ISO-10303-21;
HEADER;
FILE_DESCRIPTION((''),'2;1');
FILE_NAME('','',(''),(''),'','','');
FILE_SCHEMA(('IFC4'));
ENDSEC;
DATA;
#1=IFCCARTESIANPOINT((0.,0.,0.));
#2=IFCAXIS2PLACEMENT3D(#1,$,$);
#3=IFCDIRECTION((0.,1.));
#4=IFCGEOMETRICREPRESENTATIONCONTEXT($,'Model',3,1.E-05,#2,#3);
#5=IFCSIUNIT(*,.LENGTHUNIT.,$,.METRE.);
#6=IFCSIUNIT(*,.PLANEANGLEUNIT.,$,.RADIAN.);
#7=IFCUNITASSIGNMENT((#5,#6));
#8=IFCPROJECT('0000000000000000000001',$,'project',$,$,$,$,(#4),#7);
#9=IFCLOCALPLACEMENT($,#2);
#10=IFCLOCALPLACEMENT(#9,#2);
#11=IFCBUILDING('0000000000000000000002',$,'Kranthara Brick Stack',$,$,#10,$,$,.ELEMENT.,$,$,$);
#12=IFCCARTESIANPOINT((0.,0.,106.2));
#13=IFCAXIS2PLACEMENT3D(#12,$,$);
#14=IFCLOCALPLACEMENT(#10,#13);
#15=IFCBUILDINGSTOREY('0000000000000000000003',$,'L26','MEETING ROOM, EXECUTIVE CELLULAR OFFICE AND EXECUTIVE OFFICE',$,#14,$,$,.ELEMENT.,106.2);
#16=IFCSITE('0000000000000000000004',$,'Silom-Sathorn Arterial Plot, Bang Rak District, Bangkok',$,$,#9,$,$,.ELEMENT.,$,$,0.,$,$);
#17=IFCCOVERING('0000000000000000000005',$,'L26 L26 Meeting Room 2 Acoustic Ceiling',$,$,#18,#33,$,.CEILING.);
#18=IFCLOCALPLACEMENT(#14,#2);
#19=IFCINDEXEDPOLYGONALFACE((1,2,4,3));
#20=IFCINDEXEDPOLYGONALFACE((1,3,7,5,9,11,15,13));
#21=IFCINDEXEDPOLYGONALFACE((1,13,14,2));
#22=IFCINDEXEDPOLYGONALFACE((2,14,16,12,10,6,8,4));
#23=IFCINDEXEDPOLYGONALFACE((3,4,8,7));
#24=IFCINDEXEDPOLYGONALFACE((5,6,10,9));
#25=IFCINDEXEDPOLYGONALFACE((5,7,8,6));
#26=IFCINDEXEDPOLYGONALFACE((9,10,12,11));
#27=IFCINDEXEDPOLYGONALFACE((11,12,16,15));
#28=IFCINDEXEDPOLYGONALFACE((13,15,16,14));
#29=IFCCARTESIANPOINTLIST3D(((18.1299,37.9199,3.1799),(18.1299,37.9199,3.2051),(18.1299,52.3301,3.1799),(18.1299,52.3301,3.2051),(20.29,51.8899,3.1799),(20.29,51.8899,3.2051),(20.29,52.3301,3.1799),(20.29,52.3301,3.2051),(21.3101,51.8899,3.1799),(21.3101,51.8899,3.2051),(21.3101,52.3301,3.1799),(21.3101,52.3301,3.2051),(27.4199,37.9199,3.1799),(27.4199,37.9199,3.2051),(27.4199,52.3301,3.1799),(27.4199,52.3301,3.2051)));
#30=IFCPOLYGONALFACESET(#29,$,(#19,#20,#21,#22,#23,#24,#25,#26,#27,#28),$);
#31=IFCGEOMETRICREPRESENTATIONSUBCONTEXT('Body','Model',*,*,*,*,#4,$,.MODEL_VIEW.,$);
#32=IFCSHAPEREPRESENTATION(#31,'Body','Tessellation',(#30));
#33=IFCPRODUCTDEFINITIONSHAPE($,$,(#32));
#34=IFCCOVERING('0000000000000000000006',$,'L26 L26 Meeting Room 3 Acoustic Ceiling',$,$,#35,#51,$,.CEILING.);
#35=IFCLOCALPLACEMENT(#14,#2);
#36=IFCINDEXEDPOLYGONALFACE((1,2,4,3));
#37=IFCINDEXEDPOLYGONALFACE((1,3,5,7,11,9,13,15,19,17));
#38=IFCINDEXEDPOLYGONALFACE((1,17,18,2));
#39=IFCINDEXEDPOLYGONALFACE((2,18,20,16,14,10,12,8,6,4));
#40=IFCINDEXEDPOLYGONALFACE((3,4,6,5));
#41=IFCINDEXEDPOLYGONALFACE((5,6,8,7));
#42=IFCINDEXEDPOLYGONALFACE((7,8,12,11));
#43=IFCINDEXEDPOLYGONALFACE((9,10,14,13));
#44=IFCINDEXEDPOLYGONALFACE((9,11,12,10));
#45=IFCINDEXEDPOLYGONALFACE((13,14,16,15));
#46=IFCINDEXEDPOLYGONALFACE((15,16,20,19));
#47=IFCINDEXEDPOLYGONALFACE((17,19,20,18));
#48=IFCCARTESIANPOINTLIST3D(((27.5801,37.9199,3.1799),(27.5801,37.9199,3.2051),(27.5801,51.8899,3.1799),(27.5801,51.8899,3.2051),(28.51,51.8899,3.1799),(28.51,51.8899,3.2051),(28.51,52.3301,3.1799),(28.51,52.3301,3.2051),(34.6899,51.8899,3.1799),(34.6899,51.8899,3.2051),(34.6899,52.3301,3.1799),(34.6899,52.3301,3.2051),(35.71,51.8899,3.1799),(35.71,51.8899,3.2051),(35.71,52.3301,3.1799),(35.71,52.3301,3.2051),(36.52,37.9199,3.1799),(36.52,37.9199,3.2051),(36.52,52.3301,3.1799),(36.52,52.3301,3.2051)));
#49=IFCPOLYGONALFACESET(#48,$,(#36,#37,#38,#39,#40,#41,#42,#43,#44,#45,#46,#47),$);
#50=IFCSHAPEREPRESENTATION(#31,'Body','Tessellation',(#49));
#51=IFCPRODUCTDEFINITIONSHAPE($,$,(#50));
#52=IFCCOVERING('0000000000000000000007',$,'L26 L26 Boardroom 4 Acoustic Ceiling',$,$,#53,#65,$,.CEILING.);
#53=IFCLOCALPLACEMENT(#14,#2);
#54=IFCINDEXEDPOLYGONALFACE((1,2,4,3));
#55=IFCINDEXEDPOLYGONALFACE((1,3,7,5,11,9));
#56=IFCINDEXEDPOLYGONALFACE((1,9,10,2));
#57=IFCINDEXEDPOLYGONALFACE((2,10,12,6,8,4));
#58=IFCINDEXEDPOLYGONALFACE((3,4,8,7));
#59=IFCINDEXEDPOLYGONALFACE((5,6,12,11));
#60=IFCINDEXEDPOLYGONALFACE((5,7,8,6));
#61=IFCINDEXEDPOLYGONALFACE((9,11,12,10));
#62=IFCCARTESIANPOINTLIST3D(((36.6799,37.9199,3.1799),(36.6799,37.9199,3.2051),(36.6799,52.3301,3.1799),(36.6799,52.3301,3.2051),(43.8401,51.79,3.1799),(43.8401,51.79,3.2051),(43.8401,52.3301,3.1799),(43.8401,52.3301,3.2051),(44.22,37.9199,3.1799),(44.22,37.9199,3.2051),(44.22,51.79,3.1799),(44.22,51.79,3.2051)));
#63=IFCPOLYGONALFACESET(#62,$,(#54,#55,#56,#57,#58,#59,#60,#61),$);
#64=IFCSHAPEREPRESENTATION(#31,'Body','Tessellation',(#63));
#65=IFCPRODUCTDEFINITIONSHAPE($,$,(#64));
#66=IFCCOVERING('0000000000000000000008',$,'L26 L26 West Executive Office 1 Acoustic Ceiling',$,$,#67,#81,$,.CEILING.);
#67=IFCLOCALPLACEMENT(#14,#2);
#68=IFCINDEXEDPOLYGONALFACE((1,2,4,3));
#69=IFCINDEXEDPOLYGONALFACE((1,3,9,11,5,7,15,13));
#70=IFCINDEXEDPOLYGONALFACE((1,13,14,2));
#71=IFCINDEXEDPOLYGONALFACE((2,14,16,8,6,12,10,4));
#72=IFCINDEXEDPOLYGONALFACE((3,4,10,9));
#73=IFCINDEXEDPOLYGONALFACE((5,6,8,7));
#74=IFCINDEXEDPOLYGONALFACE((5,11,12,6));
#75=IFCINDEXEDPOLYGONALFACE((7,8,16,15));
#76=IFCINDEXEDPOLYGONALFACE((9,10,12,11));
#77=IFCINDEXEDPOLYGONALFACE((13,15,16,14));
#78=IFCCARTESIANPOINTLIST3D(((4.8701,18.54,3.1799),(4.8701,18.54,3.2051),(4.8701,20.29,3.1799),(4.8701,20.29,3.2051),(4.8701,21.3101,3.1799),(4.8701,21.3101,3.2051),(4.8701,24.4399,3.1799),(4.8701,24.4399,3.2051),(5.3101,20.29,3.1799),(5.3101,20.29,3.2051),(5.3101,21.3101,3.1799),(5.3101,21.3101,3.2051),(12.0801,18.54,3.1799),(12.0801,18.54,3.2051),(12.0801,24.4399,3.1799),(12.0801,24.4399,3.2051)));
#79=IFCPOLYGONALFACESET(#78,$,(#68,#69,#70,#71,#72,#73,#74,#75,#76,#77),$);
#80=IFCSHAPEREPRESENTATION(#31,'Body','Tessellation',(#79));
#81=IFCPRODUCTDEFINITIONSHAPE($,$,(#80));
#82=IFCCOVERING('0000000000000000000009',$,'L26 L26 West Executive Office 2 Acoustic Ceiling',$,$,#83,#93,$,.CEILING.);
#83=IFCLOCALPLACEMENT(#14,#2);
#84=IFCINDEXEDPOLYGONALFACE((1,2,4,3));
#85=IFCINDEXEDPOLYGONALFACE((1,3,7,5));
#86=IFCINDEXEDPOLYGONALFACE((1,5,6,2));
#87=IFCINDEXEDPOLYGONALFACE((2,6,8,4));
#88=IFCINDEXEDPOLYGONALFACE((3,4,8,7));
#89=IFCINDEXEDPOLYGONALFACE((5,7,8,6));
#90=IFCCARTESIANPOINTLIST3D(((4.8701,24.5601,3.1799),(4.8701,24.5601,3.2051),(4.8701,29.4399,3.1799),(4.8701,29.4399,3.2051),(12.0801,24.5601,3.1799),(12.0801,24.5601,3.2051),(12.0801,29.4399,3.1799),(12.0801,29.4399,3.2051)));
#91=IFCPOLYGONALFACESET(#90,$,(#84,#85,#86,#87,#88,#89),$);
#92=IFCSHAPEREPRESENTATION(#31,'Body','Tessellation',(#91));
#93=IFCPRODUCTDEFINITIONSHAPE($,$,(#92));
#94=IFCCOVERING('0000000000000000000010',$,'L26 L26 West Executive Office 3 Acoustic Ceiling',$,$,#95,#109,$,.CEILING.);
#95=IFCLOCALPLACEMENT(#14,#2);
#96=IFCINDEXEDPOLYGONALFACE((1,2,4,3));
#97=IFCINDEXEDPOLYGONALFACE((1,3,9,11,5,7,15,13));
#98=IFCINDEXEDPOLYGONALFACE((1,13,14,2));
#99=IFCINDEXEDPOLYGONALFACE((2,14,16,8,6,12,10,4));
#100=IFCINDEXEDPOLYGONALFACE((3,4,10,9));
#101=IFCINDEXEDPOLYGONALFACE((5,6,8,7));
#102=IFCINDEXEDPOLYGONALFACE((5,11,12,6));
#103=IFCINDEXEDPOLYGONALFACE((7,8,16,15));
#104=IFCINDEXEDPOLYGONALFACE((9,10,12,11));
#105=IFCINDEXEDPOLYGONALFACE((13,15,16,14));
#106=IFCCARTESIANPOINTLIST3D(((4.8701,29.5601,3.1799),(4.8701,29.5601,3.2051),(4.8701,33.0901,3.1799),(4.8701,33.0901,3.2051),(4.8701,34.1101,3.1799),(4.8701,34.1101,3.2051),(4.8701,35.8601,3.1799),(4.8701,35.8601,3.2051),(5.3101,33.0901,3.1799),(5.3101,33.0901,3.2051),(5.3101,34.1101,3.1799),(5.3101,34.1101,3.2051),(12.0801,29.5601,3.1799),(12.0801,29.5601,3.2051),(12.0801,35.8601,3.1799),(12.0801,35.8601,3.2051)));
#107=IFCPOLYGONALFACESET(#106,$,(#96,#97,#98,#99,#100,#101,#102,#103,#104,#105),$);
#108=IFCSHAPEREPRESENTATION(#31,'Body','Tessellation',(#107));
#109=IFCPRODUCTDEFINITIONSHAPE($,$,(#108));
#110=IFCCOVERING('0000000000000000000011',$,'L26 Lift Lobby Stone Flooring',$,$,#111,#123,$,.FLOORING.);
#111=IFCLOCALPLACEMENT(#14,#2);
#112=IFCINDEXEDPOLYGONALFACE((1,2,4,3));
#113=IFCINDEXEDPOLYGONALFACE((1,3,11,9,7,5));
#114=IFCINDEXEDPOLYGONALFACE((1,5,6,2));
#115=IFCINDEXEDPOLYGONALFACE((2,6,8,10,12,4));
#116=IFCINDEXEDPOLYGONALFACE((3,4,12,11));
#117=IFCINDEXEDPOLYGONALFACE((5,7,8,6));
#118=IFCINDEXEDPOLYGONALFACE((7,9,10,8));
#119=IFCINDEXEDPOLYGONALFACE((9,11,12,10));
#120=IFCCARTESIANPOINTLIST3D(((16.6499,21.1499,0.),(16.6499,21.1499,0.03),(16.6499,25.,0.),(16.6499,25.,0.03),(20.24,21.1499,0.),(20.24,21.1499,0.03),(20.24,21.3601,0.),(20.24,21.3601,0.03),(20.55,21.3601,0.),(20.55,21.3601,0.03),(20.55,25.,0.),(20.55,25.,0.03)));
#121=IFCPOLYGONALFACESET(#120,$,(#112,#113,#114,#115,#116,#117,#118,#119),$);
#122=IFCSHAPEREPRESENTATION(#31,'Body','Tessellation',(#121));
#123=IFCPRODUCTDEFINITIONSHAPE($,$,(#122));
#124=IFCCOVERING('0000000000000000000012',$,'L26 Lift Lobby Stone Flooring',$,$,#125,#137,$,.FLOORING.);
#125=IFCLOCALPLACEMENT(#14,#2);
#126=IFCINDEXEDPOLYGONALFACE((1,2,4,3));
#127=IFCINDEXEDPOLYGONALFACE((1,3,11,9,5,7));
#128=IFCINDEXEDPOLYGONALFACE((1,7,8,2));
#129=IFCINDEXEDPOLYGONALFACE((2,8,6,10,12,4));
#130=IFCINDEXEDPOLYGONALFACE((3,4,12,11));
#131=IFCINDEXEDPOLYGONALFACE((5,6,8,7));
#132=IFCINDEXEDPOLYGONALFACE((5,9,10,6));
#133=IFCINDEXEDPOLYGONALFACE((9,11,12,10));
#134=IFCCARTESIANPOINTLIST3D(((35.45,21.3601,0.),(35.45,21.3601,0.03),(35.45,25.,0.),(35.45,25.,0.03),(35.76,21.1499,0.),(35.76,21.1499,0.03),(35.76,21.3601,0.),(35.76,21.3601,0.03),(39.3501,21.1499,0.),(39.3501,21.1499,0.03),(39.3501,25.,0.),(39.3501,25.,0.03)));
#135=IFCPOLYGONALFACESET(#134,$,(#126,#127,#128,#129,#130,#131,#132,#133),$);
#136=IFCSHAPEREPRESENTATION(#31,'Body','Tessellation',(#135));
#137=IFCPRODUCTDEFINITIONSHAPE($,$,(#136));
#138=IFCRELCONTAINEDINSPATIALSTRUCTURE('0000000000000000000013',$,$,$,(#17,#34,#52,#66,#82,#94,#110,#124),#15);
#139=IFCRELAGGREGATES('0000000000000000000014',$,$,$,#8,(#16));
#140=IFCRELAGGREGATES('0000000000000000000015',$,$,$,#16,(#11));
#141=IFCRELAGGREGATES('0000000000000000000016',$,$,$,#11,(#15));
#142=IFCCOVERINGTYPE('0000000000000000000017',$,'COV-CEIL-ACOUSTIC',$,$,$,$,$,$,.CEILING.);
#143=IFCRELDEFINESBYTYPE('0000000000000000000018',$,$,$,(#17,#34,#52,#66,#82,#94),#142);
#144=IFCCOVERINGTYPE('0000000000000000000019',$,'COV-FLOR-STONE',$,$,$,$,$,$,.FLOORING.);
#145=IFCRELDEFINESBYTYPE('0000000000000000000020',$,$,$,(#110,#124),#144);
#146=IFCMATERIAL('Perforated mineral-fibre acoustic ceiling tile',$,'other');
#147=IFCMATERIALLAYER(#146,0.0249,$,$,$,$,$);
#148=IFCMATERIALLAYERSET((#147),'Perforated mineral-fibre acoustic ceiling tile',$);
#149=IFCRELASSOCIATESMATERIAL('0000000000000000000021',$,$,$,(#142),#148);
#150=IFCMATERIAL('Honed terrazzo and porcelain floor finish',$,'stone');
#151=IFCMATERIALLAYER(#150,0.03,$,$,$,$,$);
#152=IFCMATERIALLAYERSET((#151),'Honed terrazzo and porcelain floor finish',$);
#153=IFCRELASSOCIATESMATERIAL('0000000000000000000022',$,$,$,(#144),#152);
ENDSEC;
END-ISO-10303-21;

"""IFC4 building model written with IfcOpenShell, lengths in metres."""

from ifc_helpers import new_model, si_unit, direction, frame, origin, place, context, subcontext, project, spatial, polyline, outline, extrude, material, layer, layer_set, type_object, element, save


model = new_model("IFC4")

# Units and contexts
model_context = context("Model", 3, precision=1e-05, world=origin(), true_north=direction((0.0, 1.0)))
body_context = subcontext(model_context, "Body", "Model", "MODEL_VIEW")
ifc_project = project(units=[si_unit("LENGTHUNIT", "METRE"), si_unit("PLANEANGLEUNIT", "RADIAN")], contexts=[model_context])

# Site, building, storey
site_placement = place(None, origin())
site = spatial("IfcSite", under=ifc_project, at=site_placement, Name="Silom-Sathorn Arterial Plot, Bang Rak District, Bangkok", CompositionType="ELEMENT", RefElevation=0.0)
building_placement = place(site_placement, origin())
building = spatial("IfcBuilding", under=site, at=building_placement, Name="Kranthara Brick Stack", CompositionType="ELEMENT")
storey_placement = place(building_placement, frame((0.0, 0.0, 106.2)))
storey = spatial("IfcBuildingStorey", under=building, at=storey_placement, Name="L26", Description="MEETING ROOM, EXECUTIVE CELLULAR OFFICE AND EXECUTIVE OFFICE", CompositionType="ELEMENT", Elevation=106.2)

# Coverings
ifc_material_1 = material(Name="Perforated mineral-fibre acoustic ceiling tile", Category="other")
ifc_layer_1 = layer(ifc_material_1, 0.0249)
ifc_layer_set_1 = layer_set([ifc_layer_1], Name="Perforated mineral-fibre acoustic ceiling tile")
covering_type_1 = type_object("IfcCoveringType", Name="COV-CEIL-ACOUSTIC", PredefinedType="CEILING", material=ifc_layer_set_1)
covering_1_placement = place(storey_placement, frame((0.0, 0.0, 3.1799)))
element("IfcCovering", 1, at=covering_1_placement, inside=storey, type_object=covering_type_1, Name="L26 L26 Meeting Room 2 Acoustic Ceiling", PredefinedType="CEILING", context=body_context, shape_type="SweptSolid", body=[
    extrude(outline(polyline([(27.4199, 52.3301), (27.4199, 37.9199), (18.1299, 37.9199), (18.1299, 52.3301), (20.29, 52.3301), (20.29, 51.8899), (21.3101, 51.8899), (21.3101, 52.3301), (27.4199, 52.3301)])), origin(), (0.0, 0.0, 1.0), 0.0251),
])
covering_2_placement = place(storey_placement, frame((0.0, 0.0, 3.1799)))
element("IfcCovering", 2, at=covering_2_placement, inside=storey, type_object=covering_type_1, Name="L26 L26 Meeting Room 3 Acoustic Ceiling", PredefinedType="CEILING", context=body_context, shape_type="SweptSolid", body=[
    extrude(outline(polyline([(36.52, 37.9199), (27.5801, 37.9199), (27.5801, 51.8899), (28.51, 51.8899), (28.51, 52.3301), (34.6899, 52.3301), (34.6899, 51.8899), (35.71, 51.8899), (35.71, 52.3301), (36.52, 52.3301), (36.52, 37.9199)])), origin(), (0.0, 0.0, 1.0), 0.0251),
])
covering_3_placement = place(storey_placement, frame((0.0, 0.0, 3.1799)))
element("IfcCovering", 3, at=covering_3_placement, inside=storey, type_object=covering_type_1, Name="L26 L26 Boardroom 4 Acoustic Ceiling", PredefinedType="CEILING", context=body_context, shape_type="SweptSolid", body=[
    extrude(outline(polyline([(44.22, 37.9199), (36.6799, 37.9199), (36.6799, 52.3301), (43.8401, 52.3301), (43.8401, 51.79), (44.22, 51.79), (44.22, 37.9199)])), origin(), (0.0, 0.0, 1.0), 0.0251),
])
covering_4_placement = place(storey_placement, frame((0.0, 0.0, 3.1799)))
element("IfcCovering", 4, at=covering_4_placement, inside=storey, type_object=covering_type_1, Name="L26 L26 West Executive Office 1 Acoustic Ceiling", PredefinedType="CEILING", context=body_context, shape_type="SweptSolid", body=[
    extrude(outline(polyline([(4.8701, 24.4399), (12.0801, 24.4399), (12.0801, 18.54), (4.8701, 18.54), (4.8701, 20.29), (5.3101, 20.29), (5.3101, 21.3101), (4.8701, 21.3101), (4.8701, 24.4399)])), origin(), (0.0, 0.0, 1.0), 0.0251),
])
covering_5_placement = place(storey_placement, frame((0.0, 0.0, 3.1799)))
element("IfcCovering", 5, at=covering_5_placement, inside=storey, type_object=covering_type_1, Name="L26 L26 West Executive Office 2 Acoustic Ceiling", PredefinedType="CEILING", context=body_context, shape_type="SweptSolid", body=[
    extrude(outline(polyline([(12.0801, 24.5601), (12.0801, 29.4399), (4.8701, 29.4399), (4.8701, 24.5601), (12.0801, 24.5601)])), origin(), (0.0, 0.0, 1.0), 0.0251),
])
covering_6_placement = place(storey_placement, frame((0.0, 0.0, 3.1799)))
element("IfcCovering", 6, at=covering_6_placement, inside=storey, type_object=covering_type_1, Name="L26 L26 West Executive Office 3 Acoustic Ceiling", PredefinedType="CEILING", context=body_context, shape_type="SweptSolid", body=[
    extrude(outline(polyline([(4.8701, 35.8601), (12.0801, 35.8601), (12.0801, 29.5601), (4.8701, 29.5601), (4.8701, 33.0901), (5.3101, 33.0901), (5.3101, 34.1101), (4.8701, 34.1101), (4.8701, 35.8601)])), origin(), (0.0, 0.0, 1.0), 0.0251),
])
ifc_material_2 = material(Name="Honed terrazzo and porcelain floor finish", Category="stone")
ifc_layer_2 = layer(ifc_material_2, 0.03)
ifc_layer_set_2 = layer_set([ifc_layer_2], Name="Honed terrazzo and porcelain floor finish")
covering_type_2 = type_object("IfcCoveringType", Name="COV-FLOR-STONE", PredefinedType="FLOORING", material=ifc_layer_set_2)
covering_7_placement = place(storey_placement, origin())
element("IfcCovering", 7, at=covering_7_placement, inside=storey, type_object=covering_type_2, Name="L26 Lift Lobby Stone Flooring", PredefinedType="FLOORING", context=body_context, shape_type="SweptSolid", body=[
    extrude(outline(polyline([(16.6499, 21.1499), (16.6499, 25.0), (20.55, 25.0), (20.55, 21.3601), (20.24, 21.3601), (20.24, 21.1499), (16.6499, 21.1499)])), origin(), (0.0, 0.0, 1.0), 0.03),
])
covering_8_placement = place(storey_placement, origin())
element("IfcCovering", 8, at=covering_8_placement, inside=storey, type_object=covering_type_2, Name="L26 Lift Lobby Stone Flooring", PredefinedType="FLOORING", context=body_context, shape_type="SweptSolid", body=[
    extrude(outline(polyline([(35.45, 25.0), (39.3501, 25.0), (39.3501, 21.1499), (35.76, 21.1499), (35.76, 21.3601), (35.45, 21.3601), (35.45, 25.0)])), origin(), (0.0, 0.0, 1.0), 0.03),
])

save(model, "model.ifc")
